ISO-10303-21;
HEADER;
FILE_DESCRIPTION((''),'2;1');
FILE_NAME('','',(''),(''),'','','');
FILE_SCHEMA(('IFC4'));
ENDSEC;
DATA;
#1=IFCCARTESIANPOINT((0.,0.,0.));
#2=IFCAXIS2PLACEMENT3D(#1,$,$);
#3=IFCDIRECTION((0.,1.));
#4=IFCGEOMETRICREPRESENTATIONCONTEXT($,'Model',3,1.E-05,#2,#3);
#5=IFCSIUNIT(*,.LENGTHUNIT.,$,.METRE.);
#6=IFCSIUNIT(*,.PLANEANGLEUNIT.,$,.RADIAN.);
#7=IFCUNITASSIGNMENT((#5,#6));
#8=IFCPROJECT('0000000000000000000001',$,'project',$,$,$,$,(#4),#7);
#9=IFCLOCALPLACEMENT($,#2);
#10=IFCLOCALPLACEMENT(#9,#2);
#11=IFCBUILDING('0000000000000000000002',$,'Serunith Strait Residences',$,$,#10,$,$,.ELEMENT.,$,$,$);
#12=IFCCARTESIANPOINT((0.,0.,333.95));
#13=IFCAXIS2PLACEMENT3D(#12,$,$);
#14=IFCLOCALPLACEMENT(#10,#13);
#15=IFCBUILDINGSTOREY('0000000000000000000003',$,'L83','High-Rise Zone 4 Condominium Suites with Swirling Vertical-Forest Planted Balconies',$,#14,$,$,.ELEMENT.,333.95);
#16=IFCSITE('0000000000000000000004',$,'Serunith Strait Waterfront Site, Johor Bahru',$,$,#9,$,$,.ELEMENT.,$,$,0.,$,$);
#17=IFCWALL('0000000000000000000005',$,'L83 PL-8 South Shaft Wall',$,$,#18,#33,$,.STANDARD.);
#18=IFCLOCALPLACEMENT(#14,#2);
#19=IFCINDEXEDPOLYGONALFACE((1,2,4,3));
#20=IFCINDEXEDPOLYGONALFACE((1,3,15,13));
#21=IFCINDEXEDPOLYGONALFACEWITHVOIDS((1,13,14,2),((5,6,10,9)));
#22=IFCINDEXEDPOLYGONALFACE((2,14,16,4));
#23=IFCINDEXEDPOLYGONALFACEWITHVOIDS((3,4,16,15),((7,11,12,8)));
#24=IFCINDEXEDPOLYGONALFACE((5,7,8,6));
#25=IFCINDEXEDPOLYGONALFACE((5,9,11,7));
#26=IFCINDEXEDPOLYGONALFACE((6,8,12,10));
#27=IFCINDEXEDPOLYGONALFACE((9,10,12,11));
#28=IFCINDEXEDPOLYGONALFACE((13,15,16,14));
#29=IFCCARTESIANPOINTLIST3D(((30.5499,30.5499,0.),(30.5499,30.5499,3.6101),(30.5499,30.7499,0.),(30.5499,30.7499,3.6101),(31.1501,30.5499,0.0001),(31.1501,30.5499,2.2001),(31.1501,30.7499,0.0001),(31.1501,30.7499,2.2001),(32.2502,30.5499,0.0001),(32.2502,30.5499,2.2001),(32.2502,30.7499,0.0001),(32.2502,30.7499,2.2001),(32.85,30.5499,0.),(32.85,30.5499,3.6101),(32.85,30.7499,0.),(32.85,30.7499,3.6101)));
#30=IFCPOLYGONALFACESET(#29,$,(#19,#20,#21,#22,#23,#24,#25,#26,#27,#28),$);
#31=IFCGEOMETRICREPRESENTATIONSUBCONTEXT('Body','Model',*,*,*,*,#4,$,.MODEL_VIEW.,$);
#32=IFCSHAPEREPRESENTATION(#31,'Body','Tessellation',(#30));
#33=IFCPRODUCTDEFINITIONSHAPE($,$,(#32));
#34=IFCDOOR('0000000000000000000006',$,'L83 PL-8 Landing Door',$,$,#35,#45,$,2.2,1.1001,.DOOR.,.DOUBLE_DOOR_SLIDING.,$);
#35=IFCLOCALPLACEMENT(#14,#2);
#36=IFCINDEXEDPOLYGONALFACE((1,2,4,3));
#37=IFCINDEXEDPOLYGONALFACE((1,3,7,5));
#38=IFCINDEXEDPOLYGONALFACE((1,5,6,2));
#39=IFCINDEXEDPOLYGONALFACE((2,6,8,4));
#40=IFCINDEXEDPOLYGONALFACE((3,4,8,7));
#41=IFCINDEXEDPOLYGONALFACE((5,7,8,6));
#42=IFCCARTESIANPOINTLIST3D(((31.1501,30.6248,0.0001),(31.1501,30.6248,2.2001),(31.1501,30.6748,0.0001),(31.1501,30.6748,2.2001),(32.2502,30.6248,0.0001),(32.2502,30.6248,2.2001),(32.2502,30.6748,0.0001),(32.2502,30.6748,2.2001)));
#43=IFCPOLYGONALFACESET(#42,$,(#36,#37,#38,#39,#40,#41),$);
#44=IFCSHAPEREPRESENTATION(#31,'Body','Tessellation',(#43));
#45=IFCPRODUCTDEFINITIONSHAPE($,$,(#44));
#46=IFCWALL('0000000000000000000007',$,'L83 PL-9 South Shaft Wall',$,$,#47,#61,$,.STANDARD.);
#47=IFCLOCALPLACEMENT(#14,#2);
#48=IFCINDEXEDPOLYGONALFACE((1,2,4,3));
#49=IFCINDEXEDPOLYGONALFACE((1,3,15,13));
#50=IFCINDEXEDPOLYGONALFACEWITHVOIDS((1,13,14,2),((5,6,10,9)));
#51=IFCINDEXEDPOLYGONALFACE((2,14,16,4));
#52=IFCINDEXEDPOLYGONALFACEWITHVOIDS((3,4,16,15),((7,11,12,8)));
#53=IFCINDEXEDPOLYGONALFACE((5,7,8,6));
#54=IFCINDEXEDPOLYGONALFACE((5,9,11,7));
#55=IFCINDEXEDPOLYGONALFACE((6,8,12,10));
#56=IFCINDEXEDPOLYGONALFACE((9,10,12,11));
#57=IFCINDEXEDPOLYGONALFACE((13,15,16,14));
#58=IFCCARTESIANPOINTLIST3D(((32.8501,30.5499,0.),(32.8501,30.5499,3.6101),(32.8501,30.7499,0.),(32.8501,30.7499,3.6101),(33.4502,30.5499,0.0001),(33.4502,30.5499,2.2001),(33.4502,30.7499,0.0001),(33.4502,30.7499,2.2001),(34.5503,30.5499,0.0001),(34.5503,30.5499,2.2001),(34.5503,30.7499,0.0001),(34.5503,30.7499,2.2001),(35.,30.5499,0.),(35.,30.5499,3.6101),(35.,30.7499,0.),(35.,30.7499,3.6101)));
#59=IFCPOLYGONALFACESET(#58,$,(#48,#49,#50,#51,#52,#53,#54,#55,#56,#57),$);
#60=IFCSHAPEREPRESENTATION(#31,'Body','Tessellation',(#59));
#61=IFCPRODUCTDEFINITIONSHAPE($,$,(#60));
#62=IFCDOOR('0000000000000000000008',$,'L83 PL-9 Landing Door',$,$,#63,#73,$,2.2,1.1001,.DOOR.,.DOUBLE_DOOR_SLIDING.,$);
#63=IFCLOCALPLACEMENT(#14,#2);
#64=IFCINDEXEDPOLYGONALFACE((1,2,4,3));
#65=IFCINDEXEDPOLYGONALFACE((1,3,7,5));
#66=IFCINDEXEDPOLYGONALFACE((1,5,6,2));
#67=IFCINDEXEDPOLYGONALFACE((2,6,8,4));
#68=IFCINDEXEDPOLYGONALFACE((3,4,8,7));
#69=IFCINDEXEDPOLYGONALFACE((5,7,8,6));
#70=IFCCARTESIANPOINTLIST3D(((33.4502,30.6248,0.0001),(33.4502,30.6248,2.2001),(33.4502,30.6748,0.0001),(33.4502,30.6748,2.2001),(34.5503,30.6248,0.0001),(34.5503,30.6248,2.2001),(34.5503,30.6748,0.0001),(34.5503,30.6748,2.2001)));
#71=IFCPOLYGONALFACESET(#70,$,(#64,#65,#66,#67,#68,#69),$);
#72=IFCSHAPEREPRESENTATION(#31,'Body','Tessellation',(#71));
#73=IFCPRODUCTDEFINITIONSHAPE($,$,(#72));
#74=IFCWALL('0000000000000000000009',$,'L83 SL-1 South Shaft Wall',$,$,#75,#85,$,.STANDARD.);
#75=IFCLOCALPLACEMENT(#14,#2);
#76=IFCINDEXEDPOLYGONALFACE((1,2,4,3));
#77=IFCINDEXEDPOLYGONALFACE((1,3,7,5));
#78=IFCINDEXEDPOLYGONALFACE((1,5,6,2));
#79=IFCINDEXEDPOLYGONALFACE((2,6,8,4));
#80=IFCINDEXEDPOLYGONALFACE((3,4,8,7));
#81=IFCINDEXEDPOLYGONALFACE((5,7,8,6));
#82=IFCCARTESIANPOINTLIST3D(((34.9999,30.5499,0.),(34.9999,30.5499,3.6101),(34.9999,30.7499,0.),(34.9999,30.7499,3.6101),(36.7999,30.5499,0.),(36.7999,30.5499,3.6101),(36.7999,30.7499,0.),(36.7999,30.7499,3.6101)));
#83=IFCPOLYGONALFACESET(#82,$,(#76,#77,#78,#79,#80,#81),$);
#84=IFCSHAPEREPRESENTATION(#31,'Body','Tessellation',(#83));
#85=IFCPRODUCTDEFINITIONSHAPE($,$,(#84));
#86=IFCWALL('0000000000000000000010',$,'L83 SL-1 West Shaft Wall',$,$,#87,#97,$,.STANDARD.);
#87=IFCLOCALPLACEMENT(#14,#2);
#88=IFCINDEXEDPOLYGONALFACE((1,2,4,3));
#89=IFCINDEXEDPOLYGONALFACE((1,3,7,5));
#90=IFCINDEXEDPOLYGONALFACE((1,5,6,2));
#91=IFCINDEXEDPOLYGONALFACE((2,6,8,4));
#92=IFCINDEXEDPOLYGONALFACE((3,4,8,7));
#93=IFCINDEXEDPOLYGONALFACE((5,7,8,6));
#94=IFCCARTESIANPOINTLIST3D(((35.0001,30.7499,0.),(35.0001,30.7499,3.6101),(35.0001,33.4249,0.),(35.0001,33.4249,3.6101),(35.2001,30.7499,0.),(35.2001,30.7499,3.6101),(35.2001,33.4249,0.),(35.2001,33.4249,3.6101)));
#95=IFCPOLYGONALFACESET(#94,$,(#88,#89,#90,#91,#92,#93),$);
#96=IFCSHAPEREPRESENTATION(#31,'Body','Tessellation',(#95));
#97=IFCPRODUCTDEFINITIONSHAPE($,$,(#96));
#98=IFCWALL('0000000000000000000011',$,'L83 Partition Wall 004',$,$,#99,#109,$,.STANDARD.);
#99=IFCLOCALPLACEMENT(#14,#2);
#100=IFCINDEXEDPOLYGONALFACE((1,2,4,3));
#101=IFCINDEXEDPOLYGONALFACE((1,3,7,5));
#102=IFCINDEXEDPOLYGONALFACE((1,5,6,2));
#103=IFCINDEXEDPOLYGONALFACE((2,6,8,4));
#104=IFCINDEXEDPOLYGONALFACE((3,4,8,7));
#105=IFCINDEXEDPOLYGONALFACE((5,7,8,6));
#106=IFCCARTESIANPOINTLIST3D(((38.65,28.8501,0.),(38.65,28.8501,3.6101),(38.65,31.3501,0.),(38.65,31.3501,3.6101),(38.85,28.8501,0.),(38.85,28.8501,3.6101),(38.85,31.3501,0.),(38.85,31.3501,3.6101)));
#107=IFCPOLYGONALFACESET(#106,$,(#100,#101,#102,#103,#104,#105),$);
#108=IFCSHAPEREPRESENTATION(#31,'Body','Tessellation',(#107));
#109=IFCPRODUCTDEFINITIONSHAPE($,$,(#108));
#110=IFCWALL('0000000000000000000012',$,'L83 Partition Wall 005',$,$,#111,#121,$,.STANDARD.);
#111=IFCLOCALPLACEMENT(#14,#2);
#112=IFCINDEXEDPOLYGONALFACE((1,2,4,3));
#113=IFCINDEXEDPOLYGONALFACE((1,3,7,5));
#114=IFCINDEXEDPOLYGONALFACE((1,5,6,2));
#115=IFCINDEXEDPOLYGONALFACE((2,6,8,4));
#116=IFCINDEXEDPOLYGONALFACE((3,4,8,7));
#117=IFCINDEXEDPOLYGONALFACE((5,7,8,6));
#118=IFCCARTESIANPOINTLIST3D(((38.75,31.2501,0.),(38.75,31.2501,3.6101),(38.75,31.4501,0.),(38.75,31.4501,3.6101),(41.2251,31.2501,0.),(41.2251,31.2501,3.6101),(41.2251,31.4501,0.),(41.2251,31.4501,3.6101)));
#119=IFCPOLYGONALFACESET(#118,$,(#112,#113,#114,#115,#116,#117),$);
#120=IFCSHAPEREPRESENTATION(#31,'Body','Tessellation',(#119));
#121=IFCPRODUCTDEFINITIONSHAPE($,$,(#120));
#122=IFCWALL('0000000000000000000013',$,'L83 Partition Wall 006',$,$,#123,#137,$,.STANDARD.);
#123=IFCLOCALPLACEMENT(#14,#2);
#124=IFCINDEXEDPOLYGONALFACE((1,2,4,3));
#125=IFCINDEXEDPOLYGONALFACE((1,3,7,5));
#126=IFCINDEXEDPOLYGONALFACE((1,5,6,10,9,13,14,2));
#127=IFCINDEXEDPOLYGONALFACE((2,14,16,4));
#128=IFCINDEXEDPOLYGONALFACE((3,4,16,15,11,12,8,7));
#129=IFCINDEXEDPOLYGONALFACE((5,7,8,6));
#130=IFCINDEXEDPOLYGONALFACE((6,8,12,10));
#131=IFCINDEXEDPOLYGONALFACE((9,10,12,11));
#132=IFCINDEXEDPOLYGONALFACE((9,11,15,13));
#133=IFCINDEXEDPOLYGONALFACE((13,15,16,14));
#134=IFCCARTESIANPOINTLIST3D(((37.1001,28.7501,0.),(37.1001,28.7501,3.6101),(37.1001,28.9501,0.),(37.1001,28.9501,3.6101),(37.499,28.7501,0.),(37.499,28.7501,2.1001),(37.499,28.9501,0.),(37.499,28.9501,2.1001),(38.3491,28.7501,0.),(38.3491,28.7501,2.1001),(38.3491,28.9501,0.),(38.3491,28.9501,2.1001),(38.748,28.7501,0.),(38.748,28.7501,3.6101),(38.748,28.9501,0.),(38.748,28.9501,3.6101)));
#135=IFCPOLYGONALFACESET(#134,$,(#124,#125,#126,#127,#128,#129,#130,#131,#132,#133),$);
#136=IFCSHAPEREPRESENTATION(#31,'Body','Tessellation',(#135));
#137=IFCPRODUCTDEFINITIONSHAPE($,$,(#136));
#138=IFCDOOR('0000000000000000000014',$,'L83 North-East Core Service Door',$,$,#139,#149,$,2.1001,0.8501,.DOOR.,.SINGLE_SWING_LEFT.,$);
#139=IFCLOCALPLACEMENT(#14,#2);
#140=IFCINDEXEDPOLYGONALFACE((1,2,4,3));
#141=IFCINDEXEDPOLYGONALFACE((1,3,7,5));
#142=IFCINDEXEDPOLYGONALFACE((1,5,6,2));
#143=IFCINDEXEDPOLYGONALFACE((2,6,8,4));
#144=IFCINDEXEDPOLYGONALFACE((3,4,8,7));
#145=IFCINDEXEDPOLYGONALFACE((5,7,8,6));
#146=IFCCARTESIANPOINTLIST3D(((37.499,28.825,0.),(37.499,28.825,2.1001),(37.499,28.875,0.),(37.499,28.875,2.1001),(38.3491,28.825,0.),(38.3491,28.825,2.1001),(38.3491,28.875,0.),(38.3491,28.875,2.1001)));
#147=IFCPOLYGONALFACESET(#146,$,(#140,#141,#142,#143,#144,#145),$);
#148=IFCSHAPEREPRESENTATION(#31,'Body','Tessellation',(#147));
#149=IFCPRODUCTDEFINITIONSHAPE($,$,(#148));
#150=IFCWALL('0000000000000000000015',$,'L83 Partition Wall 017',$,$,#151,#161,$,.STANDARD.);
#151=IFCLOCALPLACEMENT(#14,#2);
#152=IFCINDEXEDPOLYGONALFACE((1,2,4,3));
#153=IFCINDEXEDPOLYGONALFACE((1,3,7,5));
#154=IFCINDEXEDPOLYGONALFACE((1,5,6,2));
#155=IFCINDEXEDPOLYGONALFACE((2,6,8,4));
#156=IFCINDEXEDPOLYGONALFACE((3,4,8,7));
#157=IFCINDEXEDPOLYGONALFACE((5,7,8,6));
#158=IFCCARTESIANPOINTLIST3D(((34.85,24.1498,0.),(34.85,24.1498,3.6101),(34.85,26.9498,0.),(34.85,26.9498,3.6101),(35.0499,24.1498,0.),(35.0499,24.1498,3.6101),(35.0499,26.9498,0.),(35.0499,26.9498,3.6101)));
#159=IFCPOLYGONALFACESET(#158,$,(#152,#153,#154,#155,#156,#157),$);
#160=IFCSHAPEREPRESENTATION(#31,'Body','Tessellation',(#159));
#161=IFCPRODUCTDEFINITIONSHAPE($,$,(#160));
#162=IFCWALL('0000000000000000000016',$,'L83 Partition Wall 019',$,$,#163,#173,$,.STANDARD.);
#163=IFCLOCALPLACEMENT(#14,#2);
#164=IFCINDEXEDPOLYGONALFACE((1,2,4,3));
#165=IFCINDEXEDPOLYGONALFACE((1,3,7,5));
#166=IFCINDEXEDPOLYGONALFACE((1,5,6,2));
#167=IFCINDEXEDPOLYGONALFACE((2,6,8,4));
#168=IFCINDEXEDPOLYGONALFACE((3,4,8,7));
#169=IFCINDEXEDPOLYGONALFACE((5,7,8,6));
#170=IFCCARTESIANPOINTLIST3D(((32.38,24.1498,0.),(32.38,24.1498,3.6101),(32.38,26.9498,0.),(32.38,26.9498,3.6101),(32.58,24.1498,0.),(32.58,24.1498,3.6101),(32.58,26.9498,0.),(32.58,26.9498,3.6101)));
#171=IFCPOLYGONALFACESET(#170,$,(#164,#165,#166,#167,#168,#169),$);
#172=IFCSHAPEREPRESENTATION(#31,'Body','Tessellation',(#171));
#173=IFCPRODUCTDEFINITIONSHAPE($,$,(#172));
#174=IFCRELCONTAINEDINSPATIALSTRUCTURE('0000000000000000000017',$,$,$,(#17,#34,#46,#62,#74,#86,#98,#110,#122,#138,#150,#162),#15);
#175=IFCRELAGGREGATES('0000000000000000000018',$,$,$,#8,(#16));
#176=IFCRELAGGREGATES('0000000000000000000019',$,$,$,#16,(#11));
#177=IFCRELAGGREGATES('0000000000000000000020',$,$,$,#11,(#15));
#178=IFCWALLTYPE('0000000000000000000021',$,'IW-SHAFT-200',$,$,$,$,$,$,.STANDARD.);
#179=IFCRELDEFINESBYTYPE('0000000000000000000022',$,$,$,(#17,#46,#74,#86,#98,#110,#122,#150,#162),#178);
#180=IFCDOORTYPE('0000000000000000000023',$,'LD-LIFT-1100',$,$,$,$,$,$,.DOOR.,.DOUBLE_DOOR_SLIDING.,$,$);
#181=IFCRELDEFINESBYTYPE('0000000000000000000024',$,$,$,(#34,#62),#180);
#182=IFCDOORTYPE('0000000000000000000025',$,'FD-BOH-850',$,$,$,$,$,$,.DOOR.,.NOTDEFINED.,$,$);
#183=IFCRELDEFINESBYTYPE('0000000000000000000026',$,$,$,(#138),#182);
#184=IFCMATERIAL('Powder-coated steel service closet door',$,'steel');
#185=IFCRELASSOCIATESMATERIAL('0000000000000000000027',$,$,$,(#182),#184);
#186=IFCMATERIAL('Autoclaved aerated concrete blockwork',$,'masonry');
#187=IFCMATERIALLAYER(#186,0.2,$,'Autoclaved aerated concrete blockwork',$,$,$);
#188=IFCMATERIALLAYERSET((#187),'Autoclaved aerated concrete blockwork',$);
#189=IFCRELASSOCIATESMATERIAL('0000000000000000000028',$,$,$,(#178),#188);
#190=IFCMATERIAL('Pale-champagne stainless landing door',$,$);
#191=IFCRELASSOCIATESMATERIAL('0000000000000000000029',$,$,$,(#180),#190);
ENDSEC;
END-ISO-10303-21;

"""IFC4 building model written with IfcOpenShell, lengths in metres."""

from ifc_helpers import new_model, si_unit, direction, frame, frame_2d, origin, place, context, subcontext, project, spatial, rectangle, extrude, source, transform, mapped, material, layer, layer_set, type_object, element, fill, save


model = new_model("IFC4")

# Units and contexts
model_context = context("Model", 3, precision=1e-05, world=origin(), true_north=direction((0.0, 1.0)))
body_context = subcontext(model_context, "Body", "Model", "MODEL_VIEW")
ifc_project = project(units=[si_unit("LENGTHUNIT", "METRE"), si_unit("PLANEANGLEUNIT", "RADIAN")], contexts=[model_context])

# Site, building, storey
site_placement = place(None, origin())
site = spatial("IfcSite", under=ifc_project, at=site_placement, Name="Serunith Strait Waterfront Site, Johor Bahru", CompositionType="ELEMENT", RefElevation=0.0)
building_placement = place(site_placement, origin())
building = spatial("IfcBuilding", under=site, at=building_placement, Name="Serunith Strait Residences", CompositionType="ELEMENT")
storey_placement = place(building_placement, frame((0.0, 0.0, 333.95)))
storey = spatial("IfcBuildingStorey", under=building, at=storey_placement, Name="L83", Description="High-Rise Zone 4 Condominium Suites with Swirling Vertical-Forest Planted Balconies", CompositionType="ELEMENT", Elevation=333.95)

# Shared definitions
ifc_material_1 = material(Name="Powder-coated steel service closet door", Category="steel")
door_type_1 = type_object("IfcDoorType", Name="FD-BOH-850", OperationType="NOTDEFINED", PredefinedType="DOOR", material=ifc_material_1)
shared_shape_1 = source(origin(), body_context, "Body", "SweptSolid", [
    extrude(rectangle(XDim=0.8501, YDim=2.1001, at=frame_2d((0.425, 1.05))), frame((0.0, 0.0249, 0.0), z_axis=(0.0, -1.0, 0.0), x_axis=(1.0, 0.0, 0.0)), (0.0, 0.0, 1.0), 0.05),
])

# Walls, openings, doors
ifc_material_2 = material(Name="Autoclaved aerated concrete blockwork", Category="masonry")
ifc_layer_1 = layer(ifc_material_2, 0.2, Name="Autoclaved aerated concrete blockwork")
ifc_layer_set_1 = layer_set([ifc_layer_1], Name="Autoclaved aerated concrete blockwork")
wall_type_1 = type_object("IfcWallType", Name="IW-SHAFT-200", PredefinedType="STANDARD", material=ifc_layer_set_1)
wall_1_placement = place(storey_placement, frame((30.55, 30.6499, 0.0), z_axis=(0.0, 0.0, 1.0), x_axis=(1.0, 0.0, 0.0)))
wall_1 = element("IfcWall", 1, at=wall_1_placement, inside=storey, type_object=wall_type_1, Name="L83 PL-8 South Shaft Wall", PredefinedType="STANDARD", context=body_context, shape_type="SweptSolid", body=[
    extrude(rectangle(XDim=2.3, YDim=0.2, at=frame_2d((1.1499, 0.0))), origin(), (0.0, 0.0, 1.0), 3.6101),
])
opening_1_placement = place(wall_1_placement, frame((0.6001, 0.0, 0.0)))
opening_1 = element("IfcOpeningElement", 2, at=opening_1_placement, cuts=wall_1, PredefinedType="OPENING", context=body_context, shape_type="SweptSolid", body=[
    extrude(rectangle(XDim=1.1001, YDim=2.2, at=frame_2d((0.55, 1.1001))), frame((0.0, 0.1099, 0.0), z_axis=(0.0, -1.0, 0.0), x_axis=(1.0, 0.0, 0.0)), (0.0, 0.0, 1.0), 0.22),
])
ifc_material_3 = material(Name="Pale-champagne stainless landing door")
door_type_2 = type_object("IfcDoorType", Name="LD-LIFT-1100", OperationType="DOUBLE_DOOR_SLIDING", PredefinedType="DOOR", material=ifc_material_3)
shared_shape_2 = source(origin(), body_context, "Body", "SweptSolid", [
    extrude(rectangle(XDim=1.1001, YDim=2.2, at=frame_2d((0.55, 1.1001))), frame((0.0, 0.0249, 0.0), z_axis=(0.0, -1.0, 0.0), x_axis=(1.0, 0.0, 0.0)), (0.0, 0.0, 1.0), 0.05),
])
door_1_placement = place(opening_1_placement, origin())
door_1 = element("IfcDoor", 3, at=door_1_placement, inside=storey, type_object=door_type_2, Name="L83 PL-8 Landing Door", OperationType="DOUBLE_DOOR_SLIDING", OverallHeight=2.2, OverallWidth=1.1001, PredefinedType="DOOR", context=body_context, shape_type="MappedRepresentation", body=[
    mapped(shared_shape_2, transform((0.0, 0.0, 0.0), scale=1.0)),
])
fill(opening_1, door_1)
wall_2_placement = place(storey_placement, frame((32.8501, 30.6499, 0.0), z_axis=(0.0, 0.0, 1.0), x_axis=(1.0, 0.0, 0.0)))
wall_2 = element("IfcWall", 4, at=wall_2_placement, inside=storey, type_object=wall_type_1, Name="L83 PL-9 South Shaft Wall", PredefinedType="STANDARD", context=body_context, shape_type="SweptSolid", body=[
    extrude(rectangle(XDim=2.1499, YDim=0.2, at=frame_2d((1.075, 0.0))), origin(), (0.0, 0.0, 1.0), 3.6101),
])
opening_2_placement = place(wall_2_placement, frame((0.6001, 0.0, 0.0)))
opening_2 = element("IfcOpeningElement", 5, at=opening_2_placement, cuts=wall_2, PredefinedType="OPENING", context=body_context, shape_type="SweptSolid", body=[
    extrude(rectangle(XDim=1.1001, YDim=2.2, at=frame_2d((0.55, 1.1001))), frame((0.0, 0.1099, 0.0), z_axis=(0.0, -1.0, 0.0), x_axis=(1.0, 0.0, 0.0)), (0.0, 0.0, 1.0), 0.22),
])
door_2_placement = place(opening_2_placement, origin())
door_2 = element("IfcDoor", 6, at=door_2_placement, inside=storey, type_object=door_type_2, Name="L83 PL-9 Landing Door", OperationType="DOUBLE_DOOR_SLIDING", OverallHeight=2.2, OverallWidth=1.1001, PredefinedType="DOOR", context=body_context, shape_type="MappedRepresentation", body=[
    mapped(shared_shape_2, transform((0.0, 0.0, 0.0), scale=1.0)),
])
fill(opening_2, door_2)

# Walls
wall_3_placement = place(storey_placement, frame((35.0, 30.6499, 0.0), z_axis=(0.0, 0.0, 1.0), x_axis=(1.0, 0.0, 0.0)))
element("IfcWall", 7, at=wall_3_placement, inside=storey, type_object=wall_type_1, Name="L83 SL-1 South Shaft Wall", PredefinedType="STANDARD", context=body_context, shape_type="SweptSolid", body=[
    extrude(rectangle(XDim=1.8, YDim=0.2, at=frame_2d((0.8999, 0.0))), origin(), (0.0, 0.0, 1.0), 3.6101),
])
wall_4_placement = place(storey_placement, frame((35.1001, 30.75, 0.0), z_axis=(0.0, 0.0, 1.0), x_axis=(0.0, 1.0, 0.0)))
element("IfcWall", 8, at=wall_4_placement, inside=storey, type_object=wall_type_1, Name="L83 SL-1 West Shaft Wall", PredefinedType="STANDARD", context=body_context, shape_type="SweptSolid", body=[
    extrude(rectangle(XDim=2.675, YDim=0.2, at=frame_2d((1.3374, 0.0))), origin(), (0.0, 0.0, 1.0), 3.6101),
])
wall_5_placement = place(storey_placement, frame((38.75, 28.8501, 0.0), z_axis=(0.0, 0.0, 1.0), x_axis=(0.0, 1.0, 0.0)))
element("IfcWall", 9, at=wall_5_placement, inside=storey, type_object=wall_type_1, Name="L83 Partition Wall 004", PredefinedType="STANDARD", context=body_context, shape_type="SweptSolid", body=[
    extrude(rectangle(XDim=2.5, YDim=0.2, at=frame_2d((1.25, 0.0))), origin(), (0.0, 0.0, 1.0), 3.6101),
])
wall_6_placement = place(storey_placement, frame((38.75, 31.3501, 0.0), z_axis=(0.0, 0.0, 1.0), x_axis=(1.0, 0.0, 0.0)))
element("IfcWall", 10, at=wall_6_placement, inside=storey, type_object=wall_type_1, Name="L83 Partition Wall 005", PredefinedType="STANDARD", context=body_context, shape_type="SweptSolid", body=[
    extrude(rectangle(XDim=2.4751, YDim=0.2, at=frame_2d((1.2375, 0.0))), origin(), (0.0, 0.0, 1.0), 3.6101),
])

# Wall, opening, door
wall_7_placement = place(storey_placement, frame((37.1001, 28.8501, 0.0), z_axis=(0.0, 0.0, 1.0), x_axis=(1.0, 0.0, 0.0)))
wall_7 = element("IfcWall", 11, at=wall_7_placement, inside=storey, type_object=wall_type_1, Name="L83 Partition Wall 006", PredefinedType="STANDARD", context=body_context, shape_type="SweptSolid", body=[
    extrude(rectangle(XDim=1.6479, YDim=0.2, at=frame_2d((0.824, 0.0))), origin(), (0.0, 0.0, 1.0), 3.6101),
])
opening_3_placement = place(wall_7_placement, frame((0.3989, 0.0, 0.0)))
opening_3 = element("IfcOpeningElement", 12, at=opening_3_placement, cuts=wall_7, PredefinedType="OPENING", context=body_context, shape_type="SweptSolid", body=[
    extrude(rectangle(XDim=0.8501, YDim=2.1001, at=frame_2d((0.425, 1.05))), frame((0.0, 0.1099, 0.0), z_axis=(0.0, -1.0, 0.0), x_axis=(1.0, 0.0, 0.0)), (0.0, 0.0, 1.0), 0.22),
])
door_3_placement = place(opening_3_placement, origin())
door_3 = element("IfcDoor", 13, at=door_3_placement, inside=storey, type_object=door_type_1, Name="L83 North-East Core Service Door", OperationType="SINGLE_SWING_LEFT", OverallHeight=2.1001, OverallWidth=0.8501, PredefinedType="DOOR", context=body_context, shape_type="MappedRepresentation", body=[
    mapped(shared_shape_1, transform((0.0, 0.0, 0.0), scale=1.0)),
])
fill(opening_3, door_3)

# Walls
for number, where, z_axis, x_axis, name in (
    (14, (34.95, 24.1499, 0.0), (0.0, 0.0, 1.0), (0.0, 1.0, 0.0), "L83 Partition Wall 017"),
    (15, (32.48, 24.1499, 0.0), (0.0, 0.0, 1.0), (0.0, 1.0, 0.0), "L83 Partition Wall 019"),
):
    element("IfcWall", number, at=place(storey_placement, frame(where, z_axis=z_axis, x_axis=x_axis)), inside=storey, type_object=wall_type_1, Name=name, PredefinedType="STANDARD", context=body_context, shape_type="SweptSolid", body=[
        extrude(rectangle(XDim=2.8, YDim=0.2, at=frame_2d((1.3999, 0.0))), origin(), (0.0, 0.0, 1.0), 3.6101),
    ])

save(model, "model.ifc")
